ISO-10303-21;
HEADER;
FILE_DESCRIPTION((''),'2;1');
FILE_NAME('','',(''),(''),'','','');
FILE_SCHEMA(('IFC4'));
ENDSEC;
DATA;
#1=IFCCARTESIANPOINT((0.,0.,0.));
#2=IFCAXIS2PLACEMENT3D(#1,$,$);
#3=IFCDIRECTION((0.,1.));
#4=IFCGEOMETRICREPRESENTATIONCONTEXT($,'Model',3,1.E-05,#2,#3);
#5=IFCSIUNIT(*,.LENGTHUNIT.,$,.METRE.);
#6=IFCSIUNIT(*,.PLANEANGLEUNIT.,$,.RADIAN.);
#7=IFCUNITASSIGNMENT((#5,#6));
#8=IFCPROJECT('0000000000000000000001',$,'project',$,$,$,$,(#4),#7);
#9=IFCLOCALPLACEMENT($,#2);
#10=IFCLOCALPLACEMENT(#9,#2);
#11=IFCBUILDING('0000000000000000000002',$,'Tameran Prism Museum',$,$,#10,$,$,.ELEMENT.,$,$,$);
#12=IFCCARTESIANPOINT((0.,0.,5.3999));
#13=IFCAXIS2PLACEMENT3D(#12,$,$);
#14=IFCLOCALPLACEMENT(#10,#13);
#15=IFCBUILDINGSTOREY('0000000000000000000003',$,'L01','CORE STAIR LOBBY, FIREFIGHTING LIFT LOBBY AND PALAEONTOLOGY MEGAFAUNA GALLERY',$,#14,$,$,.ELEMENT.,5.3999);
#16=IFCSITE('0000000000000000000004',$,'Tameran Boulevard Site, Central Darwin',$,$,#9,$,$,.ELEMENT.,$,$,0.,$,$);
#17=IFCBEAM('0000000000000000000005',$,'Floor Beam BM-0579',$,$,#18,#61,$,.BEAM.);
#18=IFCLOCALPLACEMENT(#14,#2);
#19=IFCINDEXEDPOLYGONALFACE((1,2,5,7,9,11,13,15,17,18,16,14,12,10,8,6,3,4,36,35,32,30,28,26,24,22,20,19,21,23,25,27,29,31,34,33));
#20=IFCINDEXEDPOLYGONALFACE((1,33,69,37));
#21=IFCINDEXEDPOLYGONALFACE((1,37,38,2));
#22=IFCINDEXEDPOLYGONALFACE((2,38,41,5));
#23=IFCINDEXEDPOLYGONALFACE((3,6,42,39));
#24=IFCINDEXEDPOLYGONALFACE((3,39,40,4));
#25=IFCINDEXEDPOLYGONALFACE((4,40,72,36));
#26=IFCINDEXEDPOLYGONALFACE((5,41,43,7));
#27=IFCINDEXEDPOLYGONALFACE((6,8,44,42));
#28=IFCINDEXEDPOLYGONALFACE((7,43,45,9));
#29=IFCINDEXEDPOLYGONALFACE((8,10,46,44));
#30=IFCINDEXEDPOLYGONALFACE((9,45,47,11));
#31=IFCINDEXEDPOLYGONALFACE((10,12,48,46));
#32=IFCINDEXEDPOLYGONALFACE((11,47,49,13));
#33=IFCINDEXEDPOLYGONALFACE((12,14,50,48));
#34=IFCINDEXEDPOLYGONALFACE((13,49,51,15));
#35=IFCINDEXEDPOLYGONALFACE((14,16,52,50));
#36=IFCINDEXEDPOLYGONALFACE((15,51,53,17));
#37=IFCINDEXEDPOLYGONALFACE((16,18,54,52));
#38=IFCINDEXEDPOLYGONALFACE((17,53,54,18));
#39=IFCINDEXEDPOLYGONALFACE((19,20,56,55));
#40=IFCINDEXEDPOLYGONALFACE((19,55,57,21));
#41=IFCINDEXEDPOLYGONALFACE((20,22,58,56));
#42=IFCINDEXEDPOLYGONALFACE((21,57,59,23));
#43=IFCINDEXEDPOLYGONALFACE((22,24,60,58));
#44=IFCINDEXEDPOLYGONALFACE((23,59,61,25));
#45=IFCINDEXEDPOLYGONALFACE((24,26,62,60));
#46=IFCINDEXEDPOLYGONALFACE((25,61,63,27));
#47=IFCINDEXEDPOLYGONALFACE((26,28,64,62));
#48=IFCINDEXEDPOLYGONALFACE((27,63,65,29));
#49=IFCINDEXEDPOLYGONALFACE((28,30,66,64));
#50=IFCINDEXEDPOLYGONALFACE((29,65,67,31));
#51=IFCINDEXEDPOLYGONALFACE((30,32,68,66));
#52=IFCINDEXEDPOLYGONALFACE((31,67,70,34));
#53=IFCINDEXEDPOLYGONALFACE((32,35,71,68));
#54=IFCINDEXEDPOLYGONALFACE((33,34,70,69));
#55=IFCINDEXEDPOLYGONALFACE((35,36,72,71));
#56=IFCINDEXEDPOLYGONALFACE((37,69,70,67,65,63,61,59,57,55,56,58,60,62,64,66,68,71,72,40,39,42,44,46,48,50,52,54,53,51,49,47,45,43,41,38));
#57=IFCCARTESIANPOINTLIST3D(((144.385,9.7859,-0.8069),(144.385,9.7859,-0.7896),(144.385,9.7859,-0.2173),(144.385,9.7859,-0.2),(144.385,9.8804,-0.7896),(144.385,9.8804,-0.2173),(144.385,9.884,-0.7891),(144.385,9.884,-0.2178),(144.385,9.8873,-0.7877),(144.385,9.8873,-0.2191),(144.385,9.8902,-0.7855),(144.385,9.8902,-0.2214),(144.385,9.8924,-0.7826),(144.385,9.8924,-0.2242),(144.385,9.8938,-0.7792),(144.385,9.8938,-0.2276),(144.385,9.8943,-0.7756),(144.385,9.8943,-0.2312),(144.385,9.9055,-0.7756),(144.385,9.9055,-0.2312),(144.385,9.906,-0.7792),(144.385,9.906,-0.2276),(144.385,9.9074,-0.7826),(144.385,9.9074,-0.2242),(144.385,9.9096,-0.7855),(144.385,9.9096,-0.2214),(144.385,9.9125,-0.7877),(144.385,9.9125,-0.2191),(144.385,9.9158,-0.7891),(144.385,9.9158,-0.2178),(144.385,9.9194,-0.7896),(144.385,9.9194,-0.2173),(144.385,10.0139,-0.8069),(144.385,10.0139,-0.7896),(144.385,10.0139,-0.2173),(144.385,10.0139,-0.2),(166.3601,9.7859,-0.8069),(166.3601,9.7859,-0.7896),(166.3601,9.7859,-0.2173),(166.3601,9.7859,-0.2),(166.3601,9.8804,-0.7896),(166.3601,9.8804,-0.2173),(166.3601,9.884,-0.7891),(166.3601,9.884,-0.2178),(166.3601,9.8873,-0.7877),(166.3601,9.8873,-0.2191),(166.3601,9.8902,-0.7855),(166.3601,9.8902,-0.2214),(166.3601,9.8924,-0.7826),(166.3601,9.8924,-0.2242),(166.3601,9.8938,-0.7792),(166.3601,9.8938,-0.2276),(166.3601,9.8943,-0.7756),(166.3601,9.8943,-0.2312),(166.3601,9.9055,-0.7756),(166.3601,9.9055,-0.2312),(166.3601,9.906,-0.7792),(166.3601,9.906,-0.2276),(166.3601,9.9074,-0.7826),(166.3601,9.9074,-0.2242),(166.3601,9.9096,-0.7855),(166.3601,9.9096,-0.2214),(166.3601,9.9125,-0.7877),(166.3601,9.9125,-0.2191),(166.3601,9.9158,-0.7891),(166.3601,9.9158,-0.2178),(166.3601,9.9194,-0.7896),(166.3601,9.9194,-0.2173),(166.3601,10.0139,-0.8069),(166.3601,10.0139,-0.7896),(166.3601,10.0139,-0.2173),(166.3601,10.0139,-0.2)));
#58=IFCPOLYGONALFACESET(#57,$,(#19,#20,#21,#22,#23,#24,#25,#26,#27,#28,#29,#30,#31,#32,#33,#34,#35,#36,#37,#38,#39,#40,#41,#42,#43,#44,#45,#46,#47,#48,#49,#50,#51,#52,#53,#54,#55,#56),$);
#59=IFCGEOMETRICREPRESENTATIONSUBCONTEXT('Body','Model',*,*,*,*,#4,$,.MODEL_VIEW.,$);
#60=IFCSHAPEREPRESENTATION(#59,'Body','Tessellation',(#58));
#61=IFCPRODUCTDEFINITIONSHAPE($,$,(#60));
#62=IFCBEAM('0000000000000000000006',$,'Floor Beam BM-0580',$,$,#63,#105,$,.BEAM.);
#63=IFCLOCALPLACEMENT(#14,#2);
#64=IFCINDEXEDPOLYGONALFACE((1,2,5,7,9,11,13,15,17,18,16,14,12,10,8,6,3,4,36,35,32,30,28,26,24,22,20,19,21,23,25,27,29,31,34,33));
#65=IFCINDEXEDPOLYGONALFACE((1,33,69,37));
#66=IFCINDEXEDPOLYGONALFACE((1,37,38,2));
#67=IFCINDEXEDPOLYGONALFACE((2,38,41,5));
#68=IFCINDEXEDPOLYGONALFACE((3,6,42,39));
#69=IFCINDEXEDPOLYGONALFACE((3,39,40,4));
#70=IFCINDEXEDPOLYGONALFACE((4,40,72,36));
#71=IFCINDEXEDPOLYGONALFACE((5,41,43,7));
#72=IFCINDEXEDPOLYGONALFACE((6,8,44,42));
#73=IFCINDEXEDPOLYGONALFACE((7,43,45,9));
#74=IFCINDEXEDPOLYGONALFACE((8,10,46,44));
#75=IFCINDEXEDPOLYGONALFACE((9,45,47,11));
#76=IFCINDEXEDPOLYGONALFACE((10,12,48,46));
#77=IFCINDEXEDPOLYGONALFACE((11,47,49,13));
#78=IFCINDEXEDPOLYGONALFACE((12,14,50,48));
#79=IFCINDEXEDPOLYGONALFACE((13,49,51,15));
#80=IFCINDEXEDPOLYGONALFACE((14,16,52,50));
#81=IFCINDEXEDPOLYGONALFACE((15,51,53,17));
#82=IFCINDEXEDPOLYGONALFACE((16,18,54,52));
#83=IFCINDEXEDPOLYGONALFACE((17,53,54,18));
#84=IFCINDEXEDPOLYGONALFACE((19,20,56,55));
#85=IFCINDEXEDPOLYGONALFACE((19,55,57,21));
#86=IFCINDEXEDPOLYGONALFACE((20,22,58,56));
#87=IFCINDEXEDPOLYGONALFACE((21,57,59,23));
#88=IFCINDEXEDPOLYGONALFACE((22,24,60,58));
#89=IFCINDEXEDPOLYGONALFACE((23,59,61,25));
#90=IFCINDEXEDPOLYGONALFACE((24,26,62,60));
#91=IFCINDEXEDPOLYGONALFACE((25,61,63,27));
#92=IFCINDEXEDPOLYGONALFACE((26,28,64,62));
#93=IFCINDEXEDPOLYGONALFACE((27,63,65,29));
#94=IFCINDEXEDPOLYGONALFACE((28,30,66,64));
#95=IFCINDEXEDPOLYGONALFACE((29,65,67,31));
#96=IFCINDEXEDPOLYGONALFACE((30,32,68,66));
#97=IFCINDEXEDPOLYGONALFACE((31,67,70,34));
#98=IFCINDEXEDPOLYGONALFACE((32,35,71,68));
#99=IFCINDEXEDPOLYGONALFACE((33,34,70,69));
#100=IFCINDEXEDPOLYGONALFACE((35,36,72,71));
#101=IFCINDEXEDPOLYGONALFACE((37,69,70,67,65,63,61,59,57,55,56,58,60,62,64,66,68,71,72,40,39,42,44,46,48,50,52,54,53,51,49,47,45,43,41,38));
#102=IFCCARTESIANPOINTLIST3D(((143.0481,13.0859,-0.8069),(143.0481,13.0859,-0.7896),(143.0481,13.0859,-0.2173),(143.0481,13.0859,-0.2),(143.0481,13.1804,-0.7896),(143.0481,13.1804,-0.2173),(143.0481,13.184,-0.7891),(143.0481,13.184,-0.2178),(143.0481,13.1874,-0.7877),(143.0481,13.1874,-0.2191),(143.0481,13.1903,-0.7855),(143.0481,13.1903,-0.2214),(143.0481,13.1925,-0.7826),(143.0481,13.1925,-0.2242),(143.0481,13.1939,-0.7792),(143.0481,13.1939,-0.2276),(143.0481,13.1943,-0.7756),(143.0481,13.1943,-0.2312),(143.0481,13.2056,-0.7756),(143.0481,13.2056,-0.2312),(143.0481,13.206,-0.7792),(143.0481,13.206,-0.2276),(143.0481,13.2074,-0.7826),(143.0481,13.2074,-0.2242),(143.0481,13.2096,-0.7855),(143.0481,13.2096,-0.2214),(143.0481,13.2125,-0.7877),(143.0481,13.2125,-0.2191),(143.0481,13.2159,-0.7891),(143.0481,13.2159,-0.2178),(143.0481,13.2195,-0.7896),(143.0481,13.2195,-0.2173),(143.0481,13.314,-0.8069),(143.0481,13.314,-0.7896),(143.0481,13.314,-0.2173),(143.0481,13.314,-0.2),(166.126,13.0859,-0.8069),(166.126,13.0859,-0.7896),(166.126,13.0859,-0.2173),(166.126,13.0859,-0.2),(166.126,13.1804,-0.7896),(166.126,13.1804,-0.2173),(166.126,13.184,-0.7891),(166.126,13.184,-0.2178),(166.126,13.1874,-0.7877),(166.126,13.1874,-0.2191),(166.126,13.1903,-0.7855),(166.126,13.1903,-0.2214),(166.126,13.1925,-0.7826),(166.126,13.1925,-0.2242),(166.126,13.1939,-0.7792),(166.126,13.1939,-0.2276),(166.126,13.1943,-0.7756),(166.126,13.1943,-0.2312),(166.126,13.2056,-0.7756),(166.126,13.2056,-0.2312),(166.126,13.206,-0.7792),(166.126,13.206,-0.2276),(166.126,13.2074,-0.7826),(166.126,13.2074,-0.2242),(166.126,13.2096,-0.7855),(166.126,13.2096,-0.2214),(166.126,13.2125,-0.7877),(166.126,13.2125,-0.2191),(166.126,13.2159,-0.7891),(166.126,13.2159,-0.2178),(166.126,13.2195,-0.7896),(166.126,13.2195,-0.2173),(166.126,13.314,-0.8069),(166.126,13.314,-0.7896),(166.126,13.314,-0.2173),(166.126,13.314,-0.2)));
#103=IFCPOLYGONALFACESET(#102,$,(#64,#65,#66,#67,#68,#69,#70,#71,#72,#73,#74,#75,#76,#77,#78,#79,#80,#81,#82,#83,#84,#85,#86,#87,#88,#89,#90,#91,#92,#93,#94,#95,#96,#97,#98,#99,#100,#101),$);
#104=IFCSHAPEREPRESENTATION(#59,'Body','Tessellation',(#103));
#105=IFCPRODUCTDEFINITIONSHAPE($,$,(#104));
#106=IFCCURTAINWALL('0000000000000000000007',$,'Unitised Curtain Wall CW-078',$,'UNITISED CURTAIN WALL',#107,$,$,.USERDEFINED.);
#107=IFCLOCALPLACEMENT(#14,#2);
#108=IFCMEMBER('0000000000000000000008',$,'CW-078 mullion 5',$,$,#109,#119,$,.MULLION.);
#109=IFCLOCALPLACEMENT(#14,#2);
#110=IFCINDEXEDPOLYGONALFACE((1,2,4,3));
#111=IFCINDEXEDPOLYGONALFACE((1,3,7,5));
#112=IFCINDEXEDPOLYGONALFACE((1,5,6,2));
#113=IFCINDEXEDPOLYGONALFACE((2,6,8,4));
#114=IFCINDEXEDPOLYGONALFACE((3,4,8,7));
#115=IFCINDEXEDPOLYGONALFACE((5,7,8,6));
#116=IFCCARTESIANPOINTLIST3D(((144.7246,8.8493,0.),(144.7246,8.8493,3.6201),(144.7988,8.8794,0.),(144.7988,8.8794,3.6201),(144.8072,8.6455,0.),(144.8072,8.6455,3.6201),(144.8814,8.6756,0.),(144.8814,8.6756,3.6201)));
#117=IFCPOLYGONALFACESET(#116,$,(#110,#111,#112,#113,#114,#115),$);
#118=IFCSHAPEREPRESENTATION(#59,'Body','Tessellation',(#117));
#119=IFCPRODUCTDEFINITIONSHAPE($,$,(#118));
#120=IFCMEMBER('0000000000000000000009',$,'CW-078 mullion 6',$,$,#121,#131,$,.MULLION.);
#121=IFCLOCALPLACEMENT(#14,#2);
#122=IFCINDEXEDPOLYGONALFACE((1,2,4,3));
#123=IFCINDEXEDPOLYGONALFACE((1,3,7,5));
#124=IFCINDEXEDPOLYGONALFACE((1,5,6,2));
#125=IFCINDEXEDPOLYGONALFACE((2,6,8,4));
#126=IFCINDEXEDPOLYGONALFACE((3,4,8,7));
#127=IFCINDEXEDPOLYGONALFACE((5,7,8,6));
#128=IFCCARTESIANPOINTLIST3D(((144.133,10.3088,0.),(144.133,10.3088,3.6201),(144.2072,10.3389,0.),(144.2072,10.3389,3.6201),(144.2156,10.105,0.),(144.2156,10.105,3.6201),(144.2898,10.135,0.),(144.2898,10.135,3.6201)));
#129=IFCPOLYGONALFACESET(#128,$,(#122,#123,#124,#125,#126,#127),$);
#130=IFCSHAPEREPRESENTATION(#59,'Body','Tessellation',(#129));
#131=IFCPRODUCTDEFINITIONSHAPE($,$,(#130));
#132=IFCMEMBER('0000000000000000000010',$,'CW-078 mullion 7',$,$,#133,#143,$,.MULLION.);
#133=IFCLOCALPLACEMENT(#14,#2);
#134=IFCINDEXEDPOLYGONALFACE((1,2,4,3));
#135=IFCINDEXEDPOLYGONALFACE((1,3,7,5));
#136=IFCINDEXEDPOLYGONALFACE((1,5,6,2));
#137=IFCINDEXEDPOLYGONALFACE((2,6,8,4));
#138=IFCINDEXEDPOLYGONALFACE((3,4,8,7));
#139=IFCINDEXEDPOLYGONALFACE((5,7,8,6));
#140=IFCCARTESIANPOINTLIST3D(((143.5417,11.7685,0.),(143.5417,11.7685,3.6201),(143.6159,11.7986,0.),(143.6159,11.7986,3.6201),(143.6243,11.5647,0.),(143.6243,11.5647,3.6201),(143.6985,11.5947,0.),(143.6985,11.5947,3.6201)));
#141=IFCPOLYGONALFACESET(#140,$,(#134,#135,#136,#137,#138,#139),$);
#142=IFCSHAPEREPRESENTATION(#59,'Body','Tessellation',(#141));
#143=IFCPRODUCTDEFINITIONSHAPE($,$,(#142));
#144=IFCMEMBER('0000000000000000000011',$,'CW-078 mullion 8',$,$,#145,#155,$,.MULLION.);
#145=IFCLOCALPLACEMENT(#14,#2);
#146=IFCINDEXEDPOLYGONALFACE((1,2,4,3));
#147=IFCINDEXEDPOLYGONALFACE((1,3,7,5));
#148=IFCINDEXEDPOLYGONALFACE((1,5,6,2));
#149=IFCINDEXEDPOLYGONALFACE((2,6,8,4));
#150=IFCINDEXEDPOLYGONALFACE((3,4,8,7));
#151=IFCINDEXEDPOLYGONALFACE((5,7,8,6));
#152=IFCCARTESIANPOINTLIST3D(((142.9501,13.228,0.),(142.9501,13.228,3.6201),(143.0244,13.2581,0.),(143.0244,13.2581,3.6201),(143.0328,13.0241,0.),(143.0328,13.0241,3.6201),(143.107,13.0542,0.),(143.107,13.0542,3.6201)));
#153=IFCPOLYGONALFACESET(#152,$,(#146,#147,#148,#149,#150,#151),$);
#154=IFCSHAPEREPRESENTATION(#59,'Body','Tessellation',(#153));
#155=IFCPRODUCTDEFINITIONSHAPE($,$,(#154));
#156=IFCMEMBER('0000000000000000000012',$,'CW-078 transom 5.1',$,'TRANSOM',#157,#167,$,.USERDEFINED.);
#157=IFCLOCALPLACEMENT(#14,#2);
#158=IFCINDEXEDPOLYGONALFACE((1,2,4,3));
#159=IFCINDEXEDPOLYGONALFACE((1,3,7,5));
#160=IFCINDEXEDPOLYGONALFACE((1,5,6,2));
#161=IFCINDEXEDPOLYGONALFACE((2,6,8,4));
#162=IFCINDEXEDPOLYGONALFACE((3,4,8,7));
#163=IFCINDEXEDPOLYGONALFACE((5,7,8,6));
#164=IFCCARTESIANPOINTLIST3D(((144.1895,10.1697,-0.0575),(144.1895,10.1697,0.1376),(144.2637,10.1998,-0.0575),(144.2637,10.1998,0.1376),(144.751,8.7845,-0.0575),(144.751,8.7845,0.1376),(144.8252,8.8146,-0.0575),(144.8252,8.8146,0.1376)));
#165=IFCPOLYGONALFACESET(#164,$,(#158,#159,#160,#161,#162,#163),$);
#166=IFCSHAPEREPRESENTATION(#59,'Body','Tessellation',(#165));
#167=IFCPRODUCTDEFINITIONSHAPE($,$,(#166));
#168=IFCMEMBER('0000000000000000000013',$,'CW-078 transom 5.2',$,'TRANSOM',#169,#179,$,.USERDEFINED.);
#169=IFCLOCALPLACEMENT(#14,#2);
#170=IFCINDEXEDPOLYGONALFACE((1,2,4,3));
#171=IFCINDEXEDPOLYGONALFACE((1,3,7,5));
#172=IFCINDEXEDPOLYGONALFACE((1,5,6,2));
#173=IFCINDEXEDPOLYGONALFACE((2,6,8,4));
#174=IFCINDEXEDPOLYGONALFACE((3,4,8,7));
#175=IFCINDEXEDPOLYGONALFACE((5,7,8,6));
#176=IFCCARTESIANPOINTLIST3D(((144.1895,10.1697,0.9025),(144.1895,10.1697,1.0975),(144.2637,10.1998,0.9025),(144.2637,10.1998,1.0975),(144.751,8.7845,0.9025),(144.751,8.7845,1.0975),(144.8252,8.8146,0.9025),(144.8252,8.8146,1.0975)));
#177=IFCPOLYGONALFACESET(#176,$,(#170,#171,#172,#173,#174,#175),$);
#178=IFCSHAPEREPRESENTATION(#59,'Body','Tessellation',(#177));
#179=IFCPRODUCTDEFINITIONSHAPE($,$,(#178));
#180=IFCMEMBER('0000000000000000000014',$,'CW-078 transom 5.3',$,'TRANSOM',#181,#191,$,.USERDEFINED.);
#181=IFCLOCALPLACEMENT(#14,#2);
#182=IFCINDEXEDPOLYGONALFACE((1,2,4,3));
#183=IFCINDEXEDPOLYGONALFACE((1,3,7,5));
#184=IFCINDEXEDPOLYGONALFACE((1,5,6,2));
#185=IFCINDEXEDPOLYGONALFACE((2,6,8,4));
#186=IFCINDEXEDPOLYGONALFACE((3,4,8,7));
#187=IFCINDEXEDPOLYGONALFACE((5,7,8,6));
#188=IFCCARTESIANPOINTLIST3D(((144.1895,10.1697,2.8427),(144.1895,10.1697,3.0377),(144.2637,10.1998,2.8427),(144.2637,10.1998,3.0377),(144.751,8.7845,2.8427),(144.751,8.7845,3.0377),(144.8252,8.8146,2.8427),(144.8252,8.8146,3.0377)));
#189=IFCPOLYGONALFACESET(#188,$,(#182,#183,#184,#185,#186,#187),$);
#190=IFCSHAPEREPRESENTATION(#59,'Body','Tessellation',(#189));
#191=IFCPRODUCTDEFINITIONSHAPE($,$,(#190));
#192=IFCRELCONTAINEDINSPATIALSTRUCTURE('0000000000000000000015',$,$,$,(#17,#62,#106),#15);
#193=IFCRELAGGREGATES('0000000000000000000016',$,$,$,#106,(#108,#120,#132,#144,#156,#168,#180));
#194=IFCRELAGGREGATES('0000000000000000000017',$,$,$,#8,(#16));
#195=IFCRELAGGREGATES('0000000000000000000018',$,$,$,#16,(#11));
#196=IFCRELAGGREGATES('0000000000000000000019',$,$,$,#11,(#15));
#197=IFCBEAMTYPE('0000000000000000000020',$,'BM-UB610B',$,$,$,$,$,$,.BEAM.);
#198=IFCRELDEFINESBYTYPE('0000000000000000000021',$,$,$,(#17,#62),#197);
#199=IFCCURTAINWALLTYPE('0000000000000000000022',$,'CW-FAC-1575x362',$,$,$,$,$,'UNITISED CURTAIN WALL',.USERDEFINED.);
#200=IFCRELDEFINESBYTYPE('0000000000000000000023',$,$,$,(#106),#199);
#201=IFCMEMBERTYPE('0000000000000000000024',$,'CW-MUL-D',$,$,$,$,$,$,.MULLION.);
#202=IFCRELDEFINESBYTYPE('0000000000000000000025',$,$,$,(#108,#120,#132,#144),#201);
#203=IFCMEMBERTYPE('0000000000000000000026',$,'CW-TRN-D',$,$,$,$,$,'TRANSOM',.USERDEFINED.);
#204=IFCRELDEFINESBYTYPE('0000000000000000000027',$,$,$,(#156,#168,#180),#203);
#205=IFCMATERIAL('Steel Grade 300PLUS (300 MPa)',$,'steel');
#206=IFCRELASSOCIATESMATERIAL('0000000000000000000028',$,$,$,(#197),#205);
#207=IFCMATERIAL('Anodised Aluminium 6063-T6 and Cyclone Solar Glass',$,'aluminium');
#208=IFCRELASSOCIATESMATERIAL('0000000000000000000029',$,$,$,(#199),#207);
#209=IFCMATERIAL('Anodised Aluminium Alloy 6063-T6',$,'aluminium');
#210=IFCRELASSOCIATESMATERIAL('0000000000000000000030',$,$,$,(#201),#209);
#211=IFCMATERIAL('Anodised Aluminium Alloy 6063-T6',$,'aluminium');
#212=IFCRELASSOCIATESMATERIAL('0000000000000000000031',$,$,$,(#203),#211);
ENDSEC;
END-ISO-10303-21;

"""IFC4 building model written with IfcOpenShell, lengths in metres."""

from ifc_helpers import new_model, si_unit, direction, frame, origin, origin_2d, place, context, subcontext, project, spatial, rectangle, i_section, extrude, material, material_profile, profile_set, type_object, element, aggregate, save


model = new_model("IFC4")

# Units and contexts
model_context = context("Model", 3, precision=1e-05, world=origin(), true_north=direction((0.0, 1.0)))
body_context = subcontext(model_context, "Body", "Model", "MODEL_VIEW")
ifc_project = project(units=[si_unit("LENGTHUNIT", "METRE"), si_unit("PLANEANGLEUNIT", "RADIAN")], contexts=[model_context])

# Site, building, storey
site_placement = place(None, origin())
site = spatial("IfcSite", under=ifc_project, at=site_placement, Name="Tameran Boulevard Site, Central Darwin", CompositionType="ELEMENT", RefElevation=0.0)
building_placement = place(site_placement, origin())
building = spatial("IfcBuilding", under=site, at=building_placement, Name="Tameran Prism Museum", CompositionType="ELEMENT")
storey_placement = place(building_placement, frame((0.0, 0.0, 5.3999)))
storey = spatial("IfcBuildingStorey", under=building, at=storey_placement, Name="L01", Description="CORE STAIR LOBBY, FIREFIGHTING LIFT LOBBY AND PALAEONTOLOGY MEGAFAUNA GALLERY", CompositionType="ELEMENT", Elevation=5.3999)

# Beams
ifc_material_1 = material(Name="Steel Grade 300PLUS (300 MPa)", Category="steel")
ifc_material_profile_1 = material_profile(ifc_material_1, i_section(OverallWidth=0.228, OverallDepth=0.6069, WebThickness=0.0112, FlangeThickness=0.0173, FilletRadius=0.0139, at=origin_2d()))
ifc_profile_set_1 = profile_set([ifc_material_profile_1])
beam_type = type_object("IfcBeamType", Name="BM-UB610B", PredefinedType="BEAM", material=ifc_profile_set_1)
beam_1_placement = place(storey_placement, frame((144.385, 9.8999, -0.5034), z_axis=(1.0, 0.0, 0.0), x_axis=(0.0, 1.0, 0.0)))
element("IfcBeam", 1, at=beam_1_placement, inside=storey, type_object=beam_type, Name="Floor Beam BM-0579", PredefinedType="BEAM", context=body_context, shape_type="SweptSolid", body=[
    extrude(i_section(OverallWidth=0.228, OverallDepth=0.6069, WebThickness=0.0112, FlangeThickness=0.0173, FilletRadius=0.0139, at=origin_2d()), origin(), (0.0, 0.0, 1.0), 21.9751),
])
beam_2_placement = place(storey_placement, frame((143.0481, 13.2, -0.5034), z_axis=(1.0, 0.0, 0.0), x_axis=(0.0, 1.0, 0.0)))
element("IfcBeam", 2, at=beam_2_placement, inside=storey, type_object=beam_type, Name="Floor Beam BM-0580", PredefinedType="BEAM", context=body_context, shape_type="SweptSolid", body=[
    extrude(i_section(OverallWidth=0.228, OverallDepth=0.6069, WebThickness=0.0112, FlangeThickness=0.0173, FilletRadius=0.0139, at=origin_2d()), origin(), (0.0, 0.0, 1.0), 23.0779),
])

# Curtain wall, members
ifc_material_2 = material(Name="Anodised Aluminium 6063-T6 and Cyclone Solar Glass", Category="aluminium")
curtain_wall_type = type_object("IfcCurtainWallType", Name="CW-FAC-1575x362", ElementType="UNITISED CURTAIN WALL", PredefinedType="USERDEFINED", material=ifc_material_2)
curtain_wall_placement = place(storey_placement, origin())
curtain_wall = element("IfcCurtainWall", 3, at=curtain_wall_placement, inside=storey, type_object=curtain_wall_type, Name="Unitised Curtain Wall CW-078", ObjectType="UNITISED CURTAIN WALL", PredefinedType="USERDEFINED")
ifc_material_3 = material(Name="Anodised Aluminium Alloy 6063-T6", Category="aluminium")
ifc_material_profile_2 = material_profile(ifc_material_3, rectangle(XDim=0.0801, YDim=0.22, at=origin_2d()))
ifc_profile_set_2 = profile_set([ifc_material_profile_2])
member_type_1 = type_object("IfcMemberType", Name="CW-MUL-D", PredefinedType="MULLION", material=ifc_profile_set_2)
member_1_placement = place(storey_placement, frame((144.803, 8.7625, 0.0), z_axis=(0.0, 0.0, 1.0), x_axis=(-0.92679, -0.37558, 0.0)))
member_1 = element("IfcMember", 4, at=member_1_placement, type_object=member_type_1, Name="CW-078 mullion 5", PredefinedType="MULLION", context=body_context, shape_type="SweptSolid", body=[
    extrude(rectangle(XDim=0.0801, YDim=0.22, at=origin_2d()), origin(), (0.0, 0.0, 1.0), 3.6201),
])
member_2_placement = place(storey_placement, frame((144.2114, 10.2219, 0.0), z_axis=(0.0, 0.0, 1.0), x_axis=(-0.92679, -0.37558, 0.0)))
member_2 = element("IfcMember", 5, at=member_2_placement, type_object=member_type_1, Name="CW-078 mullion 6", PredefinedType="MULLION", context=body_context, shape_type="SweptSolid", body=[
    extrude(rectangle(XDim=0.0801, YDim=0.22, at=origin_2d()), origin(), (0.0, 0.0, 1.0), 3.6201),
])
member_3_placement = place(storey_placement, frame((143.6201, 11.6816, 0.0), z_axis=(0.0, 0.0, 1.0), x_axis=(-0.92679, -0.37558, 0.0)))
member_3 = element("IfcMember", 6, at=member_3_placement, type_object=member_type_1, Name="CW-078 mullion 7", PredefinedType="MULLION", context=body_context, shape_type="SweptSolid", body=[
    extrude(rectangle(XDim=0.0801, YDim=0.22, at=origin_2d()), origin(), (0.0, 0.0, 1.0), 3.6201),
])
member_4_placement = place(storey_placement, frame((143.0286, 13.1411, 0.0), z_axis=(0.0, 0.0, 1.0), x_axis=(-0.92679, -0.37558, 0.0)))
member_4 = element("IfcMember", 7, at=member_4_placement, type_object=member_type_1, Name="CW-078 mullion 8", PredefinedType="MULLION", context=body_context, shape_type="SweptSolid", body=[
    extrude(rectangle(XDim=0.0801, YDim=0.22, at=origin_2d()), origin(), (0.0, 0.0, 1.0), 3.6201),
])
ifc_material_4 = material(Name="Anodised Aluminium Alloy 6063-T6", Category="aluminium")
ifc_material_profile_3 = material_profile(ifc_material_4, rectangle(XDim=0.0801, YDim=0.1951, at=origin_2d()))
ifc_profile_set_3 = profile_set([ifc_material_profile_3])
member_type_2 = type_object("IfcMemberType", Name="CW-TRN-D", ElementType="TRANSOM", PredefinedType="USERDEFINED", material=ifc_profile_set_3)
member_5_placement = place(storey_placement, frame((144.7881, 8.7996, 0.04), z_axis=(-0.375667, 0.926755, 0.0), x_axis=(-0.926755, -0.375667, 0.0)))
member_5 = element("IfcMember", 8, at=member_5_placement, type_object=member_type_2, Name="CW-078 transom 5.1", ObjectType="TRANSOM", PredefinedType="USERDEFINED", context=body_context, shape_type="SweptSolid", body=[
    extrude(rectangle(XDim=0.0801, YDim=0.1951, at=origin_2d()), origin(), (0.0, 0.0, 1.0), 1.4946),
])
member_6_placement = place(storey_placement, frame((144.7881, 8.7996, 1.0), z_axis=(-0.375667, 0.926755, 0.0), x_axis=(-0.926755, -0.375667, 0.0)))
member_6 = element("IfcMember", 9, at=member_6_placement, type_object=member_type_2, Name="CW-078 transom 5.2", ObjectType="TRANSOM", PredefinedType="USERDEFINED", context=body_context, shape_type="SweptSolid", body=[
    extrude(rectangle(XDim=0.0801, YDim=0.1951, at=origin_2d()), origin(), (0.0, 0.0, 1.0), 1.4946),
])
member_7_placement = place(storey_placement, frame((144.7881, 8.7996, 2.9402), z_axis=(-0.375667, 0.926755, 0.0), x_axis=(-0.926755, -0.375667, 0.0)))
member_7 = element("IfcMember", 10, at=member_7_placement, type_object=member_type_2, Name="CW-078 transom 5.3", ObjectType="TRANSOM", PredefinedType="USERDEFINED", context=body_context, shape_type="SweptSolid", body=[
    extrude(rectangle(XDim=0.0801, YDim=0.1951, at=origin_2d()), origin(), (0.0, 0.0, 1.0), 1.4946),
])
aggregate(curtain_wall, [member_1, member_2, member_3, member_4, member_5, member_6, member_7])

save(model, "model.ifc")
